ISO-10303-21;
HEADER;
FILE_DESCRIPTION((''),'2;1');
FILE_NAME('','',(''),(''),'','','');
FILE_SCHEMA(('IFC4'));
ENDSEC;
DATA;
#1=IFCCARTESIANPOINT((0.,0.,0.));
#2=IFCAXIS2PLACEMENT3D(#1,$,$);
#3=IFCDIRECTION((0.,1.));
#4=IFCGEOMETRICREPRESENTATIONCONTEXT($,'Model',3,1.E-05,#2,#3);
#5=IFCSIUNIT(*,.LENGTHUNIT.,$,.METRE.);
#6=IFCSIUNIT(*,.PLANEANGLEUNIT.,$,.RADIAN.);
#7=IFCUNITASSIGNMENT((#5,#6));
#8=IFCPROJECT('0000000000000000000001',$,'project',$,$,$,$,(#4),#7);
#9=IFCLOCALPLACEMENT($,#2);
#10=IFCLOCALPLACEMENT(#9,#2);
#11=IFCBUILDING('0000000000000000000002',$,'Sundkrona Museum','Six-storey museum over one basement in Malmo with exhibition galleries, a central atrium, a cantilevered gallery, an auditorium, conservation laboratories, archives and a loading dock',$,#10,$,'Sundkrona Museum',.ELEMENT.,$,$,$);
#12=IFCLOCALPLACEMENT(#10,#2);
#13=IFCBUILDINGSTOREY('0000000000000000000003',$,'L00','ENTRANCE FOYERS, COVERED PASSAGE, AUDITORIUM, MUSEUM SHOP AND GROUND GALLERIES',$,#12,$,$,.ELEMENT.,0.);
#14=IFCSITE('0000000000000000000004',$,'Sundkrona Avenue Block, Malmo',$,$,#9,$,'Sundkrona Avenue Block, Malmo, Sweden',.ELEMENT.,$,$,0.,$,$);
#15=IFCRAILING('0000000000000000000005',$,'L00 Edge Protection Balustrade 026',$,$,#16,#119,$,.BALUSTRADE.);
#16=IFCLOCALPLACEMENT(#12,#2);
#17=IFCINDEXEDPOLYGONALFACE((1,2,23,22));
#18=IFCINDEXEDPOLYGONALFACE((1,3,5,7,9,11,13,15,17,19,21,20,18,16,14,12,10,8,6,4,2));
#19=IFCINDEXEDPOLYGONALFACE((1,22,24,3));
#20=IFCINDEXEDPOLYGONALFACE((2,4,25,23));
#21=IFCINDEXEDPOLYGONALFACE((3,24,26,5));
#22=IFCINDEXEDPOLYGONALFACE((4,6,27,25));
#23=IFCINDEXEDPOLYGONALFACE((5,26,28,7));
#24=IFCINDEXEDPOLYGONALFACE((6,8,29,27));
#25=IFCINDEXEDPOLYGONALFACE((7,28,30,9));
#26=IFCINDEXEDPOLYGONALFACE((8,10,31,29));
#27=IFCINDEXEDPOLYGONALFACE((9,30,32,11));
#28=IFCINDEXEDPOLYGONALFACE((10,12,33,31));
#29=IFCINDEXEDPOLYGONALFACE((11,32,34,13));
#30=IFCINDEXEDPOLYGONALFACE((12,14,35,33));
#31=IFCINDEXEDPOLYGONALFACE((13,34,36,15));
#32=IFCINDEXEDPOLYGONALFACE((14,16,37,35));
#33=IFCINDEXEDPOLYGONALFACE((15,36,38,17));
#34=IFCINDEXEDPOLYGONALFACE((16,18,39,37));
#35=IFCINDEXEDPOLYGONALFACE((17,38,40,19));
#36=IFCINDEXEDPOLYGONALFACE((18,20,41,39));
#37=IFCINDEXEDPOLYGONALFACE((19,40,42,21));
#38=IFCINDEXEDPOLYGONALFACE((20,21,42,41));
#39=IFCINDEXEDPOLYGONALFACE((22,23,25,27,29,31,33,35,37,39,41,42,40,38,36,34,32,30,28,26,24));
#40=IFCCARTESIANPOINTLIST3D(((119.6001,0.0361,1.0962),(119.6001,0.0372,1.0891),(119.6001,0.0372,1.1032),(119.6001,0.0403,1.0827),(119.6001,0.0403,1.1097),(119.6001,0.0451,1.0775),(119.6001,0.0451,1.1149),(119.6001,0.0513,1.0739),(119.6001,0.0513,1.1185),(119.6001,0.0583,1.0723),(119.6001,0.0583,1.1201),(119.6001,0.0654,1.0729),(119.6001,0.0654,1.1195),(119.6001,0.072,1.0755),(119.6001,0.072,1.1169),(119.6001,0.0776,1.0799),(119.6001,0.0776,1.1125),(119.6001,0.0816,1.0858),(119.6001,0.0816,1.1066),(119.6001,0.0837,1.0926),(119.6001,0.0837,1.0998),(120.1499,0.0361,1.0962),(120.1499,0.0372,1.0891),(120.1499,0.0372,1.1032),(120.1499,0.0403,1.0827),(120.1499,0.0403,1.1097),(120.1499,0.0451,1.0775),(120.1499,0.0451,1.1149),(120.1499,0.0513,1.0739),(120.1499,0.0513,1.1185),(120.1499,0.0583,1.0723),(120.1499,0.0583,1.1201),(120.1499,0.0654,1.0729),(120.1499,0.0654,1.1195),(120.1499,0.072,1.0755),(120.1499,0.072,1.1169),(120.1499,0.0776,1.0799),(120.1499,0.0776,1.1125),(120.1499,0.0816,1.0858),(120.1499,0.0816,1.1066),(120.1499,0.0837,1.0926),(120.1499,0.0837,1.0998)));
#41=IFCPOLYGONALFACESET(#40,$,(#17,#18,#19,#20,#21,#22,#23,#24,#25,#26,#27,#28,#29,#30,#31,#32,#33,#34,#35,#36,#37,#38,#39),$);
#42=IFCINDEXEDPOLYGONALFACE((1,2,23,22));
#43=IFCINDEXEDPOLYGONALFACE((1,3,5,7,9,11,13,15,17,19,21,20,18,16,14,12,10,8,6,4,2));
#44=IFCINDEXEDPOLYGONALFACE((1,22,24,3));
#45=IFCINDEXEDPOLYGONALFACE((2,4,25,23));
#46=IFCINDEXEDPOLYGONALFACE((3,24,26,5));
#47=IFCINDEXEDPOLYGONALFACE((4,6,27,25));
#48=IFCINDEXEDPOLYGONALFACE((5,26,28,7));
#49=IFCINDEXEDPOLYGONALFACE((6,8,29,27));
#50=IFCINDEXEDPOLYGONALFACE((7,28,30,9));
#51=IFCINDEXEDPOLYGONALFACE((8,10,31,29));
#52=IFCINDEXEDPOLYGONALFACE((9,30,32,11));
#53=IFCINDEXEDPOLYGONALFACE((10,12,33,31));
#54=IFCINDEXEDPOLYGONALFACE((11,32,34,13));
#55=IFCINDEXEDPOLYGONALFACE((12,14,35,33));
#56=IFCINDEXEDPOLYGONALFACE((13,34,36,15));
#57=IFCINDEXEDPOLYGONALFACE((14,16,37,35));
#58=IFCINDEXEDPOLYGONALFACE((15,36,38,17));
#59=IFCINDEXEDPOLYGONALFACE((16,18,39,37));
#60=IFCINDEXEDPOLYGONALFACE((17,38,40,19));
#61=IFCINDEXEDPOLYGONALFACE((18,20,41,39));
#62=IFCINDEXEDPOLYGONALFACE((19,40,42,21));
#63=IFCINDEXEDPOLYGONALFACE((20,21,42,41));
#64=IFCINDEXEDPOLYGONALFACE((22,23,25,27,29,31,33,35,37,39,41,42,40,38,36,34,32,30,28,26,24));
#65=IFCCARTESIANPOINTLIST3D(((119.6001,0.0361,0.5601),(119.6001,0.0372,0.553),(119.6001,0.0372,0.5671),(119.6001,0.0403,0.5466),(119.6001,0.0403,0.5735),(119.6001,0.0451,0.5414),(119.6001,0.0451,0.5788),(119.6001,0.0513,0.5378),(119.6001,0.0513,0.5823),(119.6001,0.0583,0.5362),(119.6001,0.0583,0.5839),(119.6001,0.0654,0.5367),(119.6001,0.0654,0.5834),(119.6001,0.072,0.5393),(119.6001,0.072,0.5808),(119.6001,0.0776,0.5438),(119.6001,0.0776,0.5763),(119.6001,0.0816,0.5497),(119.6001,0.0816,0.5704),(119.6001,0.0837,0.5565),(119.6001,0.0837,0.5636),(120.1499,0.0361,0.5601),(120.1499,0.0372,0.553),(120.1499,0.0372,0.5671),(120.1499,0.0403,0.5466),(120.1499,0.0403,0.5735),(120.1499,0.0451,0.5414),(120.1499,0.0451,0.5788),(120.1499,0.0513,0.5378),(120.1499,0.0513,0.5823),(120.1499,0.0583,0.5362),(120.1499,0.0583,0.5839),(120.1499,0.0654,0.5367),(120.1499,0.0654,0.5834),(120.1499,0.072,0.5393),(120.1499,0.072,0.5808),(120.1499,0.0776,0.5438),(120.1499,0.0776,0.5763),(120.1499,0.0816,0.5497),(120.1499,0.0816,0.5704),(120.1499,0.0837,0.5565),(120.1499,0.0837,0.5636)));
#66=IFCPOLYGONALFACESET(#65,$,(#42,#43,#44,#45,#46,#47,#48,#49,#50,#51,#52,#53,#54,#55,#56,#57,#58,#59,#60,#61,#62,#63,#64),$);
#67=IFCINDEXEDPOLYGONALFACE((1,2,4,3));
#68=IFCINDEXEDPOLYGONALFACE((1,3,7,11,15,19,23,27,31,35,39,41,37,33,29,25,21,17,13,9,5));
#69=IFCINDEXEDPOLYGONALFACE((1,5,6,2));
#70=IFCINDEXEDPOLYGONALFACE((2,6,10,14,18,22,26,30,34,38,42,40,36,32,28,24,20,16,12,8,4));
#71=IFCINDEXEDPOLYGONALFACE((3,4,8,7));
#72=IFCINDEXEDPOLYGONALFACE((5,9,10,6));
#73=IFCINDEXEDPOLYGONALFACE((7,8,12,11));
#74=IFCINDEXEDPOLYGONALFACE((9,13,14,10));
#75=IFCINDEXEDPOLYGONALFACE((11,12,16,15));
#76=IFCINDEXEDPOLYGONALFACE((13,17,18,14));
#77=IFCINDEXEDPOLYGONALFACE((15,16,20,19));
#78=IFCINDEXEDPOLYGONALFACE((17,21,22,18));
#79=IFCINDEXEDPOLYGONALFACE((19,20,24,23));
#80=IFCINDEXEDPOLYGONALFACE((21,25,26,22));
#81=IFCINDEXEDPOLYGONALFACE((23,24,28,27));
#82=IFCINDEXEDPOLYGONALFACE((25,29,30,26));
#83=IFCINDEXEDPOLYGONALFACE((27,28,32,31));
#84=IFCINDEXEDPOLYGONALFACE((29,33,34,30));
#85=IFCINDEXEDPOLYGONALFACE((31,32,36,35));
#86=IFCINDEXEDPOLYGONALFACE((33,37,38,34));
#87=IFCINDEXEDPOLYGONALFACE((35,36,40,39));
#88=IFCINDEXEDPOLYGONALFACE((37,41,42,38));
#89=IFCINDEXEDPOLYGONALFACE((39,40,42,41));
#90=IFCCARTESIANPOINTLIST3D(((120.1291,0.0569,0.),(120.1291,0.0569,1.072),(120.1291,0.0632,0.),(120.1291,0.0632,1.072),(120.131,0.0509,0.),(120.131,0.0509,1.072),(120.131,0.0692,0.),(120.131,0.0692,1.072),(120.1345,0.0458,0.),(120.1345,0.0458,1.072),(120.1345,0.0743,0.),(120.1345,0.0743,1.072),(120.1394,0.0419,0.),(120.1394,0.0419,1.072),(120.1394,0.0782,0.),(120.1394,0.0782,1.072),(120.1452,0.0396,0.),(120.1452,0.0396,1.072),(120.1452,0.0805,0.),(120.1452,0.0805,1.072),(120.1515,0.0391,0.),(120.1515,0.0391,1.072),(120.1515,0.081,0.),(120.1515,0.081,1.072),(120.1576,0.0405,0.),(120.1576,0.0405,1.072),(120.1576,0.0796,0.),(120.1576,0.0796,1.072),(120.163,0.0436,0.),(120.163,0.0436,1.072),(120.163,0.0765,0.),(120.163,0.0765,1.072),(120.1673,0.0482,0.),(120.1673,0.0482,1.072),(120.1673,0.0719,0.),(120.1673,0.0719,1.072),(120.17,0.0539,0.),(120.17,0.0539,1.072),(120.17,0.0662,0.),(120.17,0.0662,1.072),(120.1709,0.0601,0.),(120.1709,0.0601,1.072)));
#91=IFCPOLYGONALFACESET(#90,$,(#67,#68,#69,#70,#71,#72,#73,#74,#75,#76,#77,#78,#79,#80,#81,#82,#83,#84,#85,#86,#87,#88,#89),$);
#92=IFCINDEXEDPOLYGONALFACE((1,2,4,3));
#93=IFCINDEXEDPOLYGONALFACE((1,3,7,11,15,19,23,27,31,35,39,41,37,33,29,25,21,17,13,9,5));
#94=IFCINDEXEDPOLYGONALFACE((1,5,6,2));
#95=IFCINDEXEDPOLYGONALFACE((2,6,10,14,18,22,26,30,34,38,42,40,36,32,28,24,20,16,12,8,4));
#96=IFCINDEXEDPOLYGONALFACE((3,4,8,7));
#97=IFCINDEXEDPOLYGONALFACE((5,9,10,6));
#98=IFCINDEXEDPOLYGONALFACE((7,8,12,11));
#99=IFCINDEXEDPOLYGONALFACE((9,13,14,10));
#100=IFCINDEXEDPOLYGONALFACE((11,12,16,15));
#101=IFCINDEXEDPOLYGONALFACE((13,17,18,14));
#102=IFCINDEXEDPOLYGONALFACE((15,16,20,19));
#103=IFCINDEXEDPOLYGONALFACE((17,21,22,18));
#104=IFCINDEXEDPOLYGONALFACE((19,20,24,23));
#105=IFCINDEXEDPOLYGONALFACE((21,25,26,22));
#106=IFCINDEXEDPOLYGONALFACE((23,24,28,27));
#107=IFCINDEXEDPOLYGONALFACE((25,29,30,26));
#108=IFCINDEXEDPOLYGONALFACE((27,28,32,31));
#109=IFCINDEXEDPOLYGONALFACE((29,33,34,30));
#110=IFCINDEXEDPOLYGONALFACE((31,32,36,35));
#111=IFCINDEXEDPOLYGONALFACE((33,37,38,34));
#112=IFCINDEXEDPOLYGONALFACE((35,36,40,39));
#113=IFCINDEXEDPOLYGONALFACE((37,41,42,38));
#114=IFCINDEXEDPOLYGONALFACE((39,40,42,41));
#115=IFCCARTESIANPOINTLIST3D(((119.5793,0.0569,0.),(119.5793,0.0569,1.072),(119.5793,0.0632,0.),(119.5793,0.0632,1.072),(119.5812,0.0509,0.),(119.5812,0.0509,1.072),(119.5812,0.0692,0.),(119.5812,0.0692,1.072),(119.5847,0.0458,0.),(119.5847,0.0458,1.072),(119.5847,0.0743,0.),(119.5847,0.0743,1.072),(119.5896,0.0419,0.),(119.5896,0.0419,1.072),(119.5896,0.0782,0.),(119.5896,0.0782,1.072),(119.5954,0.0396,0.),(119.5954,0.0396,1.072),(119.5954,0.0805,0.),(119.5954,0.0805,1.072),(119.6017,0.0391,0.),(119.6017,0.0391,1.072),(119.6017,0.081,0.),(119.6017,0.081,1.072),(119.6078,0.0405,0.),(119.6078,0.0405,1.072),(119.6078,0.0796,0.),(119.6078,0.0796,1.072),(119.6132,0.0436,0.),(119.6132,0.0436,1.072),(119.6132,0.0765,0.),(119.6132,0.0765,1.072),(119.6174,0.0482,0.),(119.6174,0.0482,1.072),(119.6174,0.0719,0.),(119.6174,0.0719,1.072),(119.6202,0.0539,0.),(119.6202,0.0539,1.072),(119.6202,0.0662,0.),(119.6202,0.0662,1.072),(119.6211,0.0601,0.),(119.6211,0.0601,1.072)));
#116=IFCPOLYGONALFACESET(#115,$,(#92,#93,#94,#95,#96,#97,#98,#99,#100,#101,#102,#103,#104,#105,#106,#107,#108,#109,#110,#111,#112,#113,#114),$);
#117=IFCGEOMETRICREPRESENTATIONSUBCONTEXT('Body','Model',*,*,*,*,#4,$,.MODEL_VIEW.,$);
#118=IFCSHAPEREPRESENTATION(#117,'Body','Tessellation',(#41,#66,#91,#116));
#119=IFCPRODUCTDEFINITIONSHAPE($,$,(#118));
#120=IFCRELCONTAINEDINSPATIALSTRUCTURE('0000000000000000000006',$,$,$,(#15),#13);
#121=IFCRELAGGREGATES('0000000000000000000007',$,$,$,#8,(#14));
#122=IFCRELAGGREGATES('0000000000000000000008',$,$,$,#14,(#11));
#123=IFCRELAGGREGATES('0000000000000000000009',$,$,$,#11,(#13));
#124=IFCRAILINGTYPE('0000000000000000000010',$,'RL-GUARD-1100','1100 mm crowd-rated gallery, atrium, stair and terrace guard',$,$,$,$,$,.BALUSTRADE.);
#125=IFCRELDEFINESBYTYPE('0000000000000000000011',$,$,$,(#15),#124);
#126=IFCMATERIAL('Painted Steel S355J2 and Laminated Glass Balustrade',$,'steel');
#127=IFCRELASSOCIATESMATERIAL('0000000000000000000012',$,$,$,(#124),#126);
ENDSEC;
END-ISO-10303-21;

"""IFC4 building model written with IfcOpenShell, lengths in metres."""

from ifc_helpers import new_model, si_unit, direction, frame, origin, origin_2d, place, context, subcontext, project, spatial, circle, extrude, material, type_object, element, save


model = new_model("IFC4")

# Units and contexts
model_context = context("Model", 3, precision=1e-05, world=origin(), true_north=direction((0.0, 1.0)))
body_context = subcontext(model_context, "Body", "Model", "MODEL_VIEW")
ifc_project = project(units=[si_unit("LENGTHUNIT", "METRE"), si_unit("PLANEANGLEUNIT", "RADIAN")], contexts=[model_context])

# Site, building, storey
site_placement = place(None, origin())
site = spatial("IfcSite", under=ifc_project, at=site_placement, Name="Sundkrona Avenue Block, Malmo", LongName="Sundkrona Avenue Block, Malmo, Sweden", CompositionType="ELEMENT", RefElevation=0.0)
building_placement = place(site_placement, origin())
building = spatial("IfcBuilding", under=site, at=building_placement, Name="Sundkrona Museum", Description="Six-storey museum over one basement in Malmo with exhibition galleries, a central atrium, a cantilevered gallery, an auditorium, conservation laboratories, archives and a loading dock", LongName="Sundkrona Museum", CompositionType="ELEMENT")
storey_placement = place(building_placement, origin())
storey = spatial("IfcBuildingStorey", under=building, at=storey_placement, Name="L00", Description="ENTRANCE FOYERS, COVERED PASSAGE, AUDITORIUM, MUSEUM SHOP AND GROUND GALLERIES", CompositionType="ELEMENT", Elevation=0.0)

# Railing
ifc_material_1 = material(Name="Painted Steel S355J2 and Laminated Glass Balustrade", Category="steel")
railing_type = type_object("IfcRailingType", Name="RL-GUARD-1100", Description="1100 mm crowd-rated gallery, atrium, stair and terrace guard", PredefinedType="BALUSTRADE", material=ifc_material_1)
railing_1_placement = place(storey_placement, frame((120.1499, 0.0601, 0.0)))
element("IfcRailing", 1, at=railing_1_placement, inside=storey, type_object=railing_type, Name="L00 Edge Protection Balustrade 026", PredefinedType="BALUSTRADE", context=body_context, shape_type="SweptSolid", body=[
    extrude(circle(Radius=0.0239, at=origin_2d()), frame((0.0, 0.0, 1.0962), z_axis=(-1.0, 0.0, 0.0), x_axis=(0.0, -1.0, 0.0)), (0.0, 0.0, 1.0), 0.5498),
    extrude(circle(Radius=0.0239, at=origin_2d()), frame((0.0, 0.0, 0.5601), z_axis=(-1.0, 0.0, 0.0), x_axis=(0.0, -1.0, 0.0)), (0.0, 0.0, 1.0), 0.5498),
    extrude(circle(Radius=0.021, at=origin_2d()), origin(), (0.0, 0.0, 1.0), 1.072),
    extrude(circle(Radius=0.021, at=origin_2d()), frame((-0.5498, 0.0, 0.0)), (0.0, 0.0, 1.0), 1.072),
])

save(model, "model.ifc")
